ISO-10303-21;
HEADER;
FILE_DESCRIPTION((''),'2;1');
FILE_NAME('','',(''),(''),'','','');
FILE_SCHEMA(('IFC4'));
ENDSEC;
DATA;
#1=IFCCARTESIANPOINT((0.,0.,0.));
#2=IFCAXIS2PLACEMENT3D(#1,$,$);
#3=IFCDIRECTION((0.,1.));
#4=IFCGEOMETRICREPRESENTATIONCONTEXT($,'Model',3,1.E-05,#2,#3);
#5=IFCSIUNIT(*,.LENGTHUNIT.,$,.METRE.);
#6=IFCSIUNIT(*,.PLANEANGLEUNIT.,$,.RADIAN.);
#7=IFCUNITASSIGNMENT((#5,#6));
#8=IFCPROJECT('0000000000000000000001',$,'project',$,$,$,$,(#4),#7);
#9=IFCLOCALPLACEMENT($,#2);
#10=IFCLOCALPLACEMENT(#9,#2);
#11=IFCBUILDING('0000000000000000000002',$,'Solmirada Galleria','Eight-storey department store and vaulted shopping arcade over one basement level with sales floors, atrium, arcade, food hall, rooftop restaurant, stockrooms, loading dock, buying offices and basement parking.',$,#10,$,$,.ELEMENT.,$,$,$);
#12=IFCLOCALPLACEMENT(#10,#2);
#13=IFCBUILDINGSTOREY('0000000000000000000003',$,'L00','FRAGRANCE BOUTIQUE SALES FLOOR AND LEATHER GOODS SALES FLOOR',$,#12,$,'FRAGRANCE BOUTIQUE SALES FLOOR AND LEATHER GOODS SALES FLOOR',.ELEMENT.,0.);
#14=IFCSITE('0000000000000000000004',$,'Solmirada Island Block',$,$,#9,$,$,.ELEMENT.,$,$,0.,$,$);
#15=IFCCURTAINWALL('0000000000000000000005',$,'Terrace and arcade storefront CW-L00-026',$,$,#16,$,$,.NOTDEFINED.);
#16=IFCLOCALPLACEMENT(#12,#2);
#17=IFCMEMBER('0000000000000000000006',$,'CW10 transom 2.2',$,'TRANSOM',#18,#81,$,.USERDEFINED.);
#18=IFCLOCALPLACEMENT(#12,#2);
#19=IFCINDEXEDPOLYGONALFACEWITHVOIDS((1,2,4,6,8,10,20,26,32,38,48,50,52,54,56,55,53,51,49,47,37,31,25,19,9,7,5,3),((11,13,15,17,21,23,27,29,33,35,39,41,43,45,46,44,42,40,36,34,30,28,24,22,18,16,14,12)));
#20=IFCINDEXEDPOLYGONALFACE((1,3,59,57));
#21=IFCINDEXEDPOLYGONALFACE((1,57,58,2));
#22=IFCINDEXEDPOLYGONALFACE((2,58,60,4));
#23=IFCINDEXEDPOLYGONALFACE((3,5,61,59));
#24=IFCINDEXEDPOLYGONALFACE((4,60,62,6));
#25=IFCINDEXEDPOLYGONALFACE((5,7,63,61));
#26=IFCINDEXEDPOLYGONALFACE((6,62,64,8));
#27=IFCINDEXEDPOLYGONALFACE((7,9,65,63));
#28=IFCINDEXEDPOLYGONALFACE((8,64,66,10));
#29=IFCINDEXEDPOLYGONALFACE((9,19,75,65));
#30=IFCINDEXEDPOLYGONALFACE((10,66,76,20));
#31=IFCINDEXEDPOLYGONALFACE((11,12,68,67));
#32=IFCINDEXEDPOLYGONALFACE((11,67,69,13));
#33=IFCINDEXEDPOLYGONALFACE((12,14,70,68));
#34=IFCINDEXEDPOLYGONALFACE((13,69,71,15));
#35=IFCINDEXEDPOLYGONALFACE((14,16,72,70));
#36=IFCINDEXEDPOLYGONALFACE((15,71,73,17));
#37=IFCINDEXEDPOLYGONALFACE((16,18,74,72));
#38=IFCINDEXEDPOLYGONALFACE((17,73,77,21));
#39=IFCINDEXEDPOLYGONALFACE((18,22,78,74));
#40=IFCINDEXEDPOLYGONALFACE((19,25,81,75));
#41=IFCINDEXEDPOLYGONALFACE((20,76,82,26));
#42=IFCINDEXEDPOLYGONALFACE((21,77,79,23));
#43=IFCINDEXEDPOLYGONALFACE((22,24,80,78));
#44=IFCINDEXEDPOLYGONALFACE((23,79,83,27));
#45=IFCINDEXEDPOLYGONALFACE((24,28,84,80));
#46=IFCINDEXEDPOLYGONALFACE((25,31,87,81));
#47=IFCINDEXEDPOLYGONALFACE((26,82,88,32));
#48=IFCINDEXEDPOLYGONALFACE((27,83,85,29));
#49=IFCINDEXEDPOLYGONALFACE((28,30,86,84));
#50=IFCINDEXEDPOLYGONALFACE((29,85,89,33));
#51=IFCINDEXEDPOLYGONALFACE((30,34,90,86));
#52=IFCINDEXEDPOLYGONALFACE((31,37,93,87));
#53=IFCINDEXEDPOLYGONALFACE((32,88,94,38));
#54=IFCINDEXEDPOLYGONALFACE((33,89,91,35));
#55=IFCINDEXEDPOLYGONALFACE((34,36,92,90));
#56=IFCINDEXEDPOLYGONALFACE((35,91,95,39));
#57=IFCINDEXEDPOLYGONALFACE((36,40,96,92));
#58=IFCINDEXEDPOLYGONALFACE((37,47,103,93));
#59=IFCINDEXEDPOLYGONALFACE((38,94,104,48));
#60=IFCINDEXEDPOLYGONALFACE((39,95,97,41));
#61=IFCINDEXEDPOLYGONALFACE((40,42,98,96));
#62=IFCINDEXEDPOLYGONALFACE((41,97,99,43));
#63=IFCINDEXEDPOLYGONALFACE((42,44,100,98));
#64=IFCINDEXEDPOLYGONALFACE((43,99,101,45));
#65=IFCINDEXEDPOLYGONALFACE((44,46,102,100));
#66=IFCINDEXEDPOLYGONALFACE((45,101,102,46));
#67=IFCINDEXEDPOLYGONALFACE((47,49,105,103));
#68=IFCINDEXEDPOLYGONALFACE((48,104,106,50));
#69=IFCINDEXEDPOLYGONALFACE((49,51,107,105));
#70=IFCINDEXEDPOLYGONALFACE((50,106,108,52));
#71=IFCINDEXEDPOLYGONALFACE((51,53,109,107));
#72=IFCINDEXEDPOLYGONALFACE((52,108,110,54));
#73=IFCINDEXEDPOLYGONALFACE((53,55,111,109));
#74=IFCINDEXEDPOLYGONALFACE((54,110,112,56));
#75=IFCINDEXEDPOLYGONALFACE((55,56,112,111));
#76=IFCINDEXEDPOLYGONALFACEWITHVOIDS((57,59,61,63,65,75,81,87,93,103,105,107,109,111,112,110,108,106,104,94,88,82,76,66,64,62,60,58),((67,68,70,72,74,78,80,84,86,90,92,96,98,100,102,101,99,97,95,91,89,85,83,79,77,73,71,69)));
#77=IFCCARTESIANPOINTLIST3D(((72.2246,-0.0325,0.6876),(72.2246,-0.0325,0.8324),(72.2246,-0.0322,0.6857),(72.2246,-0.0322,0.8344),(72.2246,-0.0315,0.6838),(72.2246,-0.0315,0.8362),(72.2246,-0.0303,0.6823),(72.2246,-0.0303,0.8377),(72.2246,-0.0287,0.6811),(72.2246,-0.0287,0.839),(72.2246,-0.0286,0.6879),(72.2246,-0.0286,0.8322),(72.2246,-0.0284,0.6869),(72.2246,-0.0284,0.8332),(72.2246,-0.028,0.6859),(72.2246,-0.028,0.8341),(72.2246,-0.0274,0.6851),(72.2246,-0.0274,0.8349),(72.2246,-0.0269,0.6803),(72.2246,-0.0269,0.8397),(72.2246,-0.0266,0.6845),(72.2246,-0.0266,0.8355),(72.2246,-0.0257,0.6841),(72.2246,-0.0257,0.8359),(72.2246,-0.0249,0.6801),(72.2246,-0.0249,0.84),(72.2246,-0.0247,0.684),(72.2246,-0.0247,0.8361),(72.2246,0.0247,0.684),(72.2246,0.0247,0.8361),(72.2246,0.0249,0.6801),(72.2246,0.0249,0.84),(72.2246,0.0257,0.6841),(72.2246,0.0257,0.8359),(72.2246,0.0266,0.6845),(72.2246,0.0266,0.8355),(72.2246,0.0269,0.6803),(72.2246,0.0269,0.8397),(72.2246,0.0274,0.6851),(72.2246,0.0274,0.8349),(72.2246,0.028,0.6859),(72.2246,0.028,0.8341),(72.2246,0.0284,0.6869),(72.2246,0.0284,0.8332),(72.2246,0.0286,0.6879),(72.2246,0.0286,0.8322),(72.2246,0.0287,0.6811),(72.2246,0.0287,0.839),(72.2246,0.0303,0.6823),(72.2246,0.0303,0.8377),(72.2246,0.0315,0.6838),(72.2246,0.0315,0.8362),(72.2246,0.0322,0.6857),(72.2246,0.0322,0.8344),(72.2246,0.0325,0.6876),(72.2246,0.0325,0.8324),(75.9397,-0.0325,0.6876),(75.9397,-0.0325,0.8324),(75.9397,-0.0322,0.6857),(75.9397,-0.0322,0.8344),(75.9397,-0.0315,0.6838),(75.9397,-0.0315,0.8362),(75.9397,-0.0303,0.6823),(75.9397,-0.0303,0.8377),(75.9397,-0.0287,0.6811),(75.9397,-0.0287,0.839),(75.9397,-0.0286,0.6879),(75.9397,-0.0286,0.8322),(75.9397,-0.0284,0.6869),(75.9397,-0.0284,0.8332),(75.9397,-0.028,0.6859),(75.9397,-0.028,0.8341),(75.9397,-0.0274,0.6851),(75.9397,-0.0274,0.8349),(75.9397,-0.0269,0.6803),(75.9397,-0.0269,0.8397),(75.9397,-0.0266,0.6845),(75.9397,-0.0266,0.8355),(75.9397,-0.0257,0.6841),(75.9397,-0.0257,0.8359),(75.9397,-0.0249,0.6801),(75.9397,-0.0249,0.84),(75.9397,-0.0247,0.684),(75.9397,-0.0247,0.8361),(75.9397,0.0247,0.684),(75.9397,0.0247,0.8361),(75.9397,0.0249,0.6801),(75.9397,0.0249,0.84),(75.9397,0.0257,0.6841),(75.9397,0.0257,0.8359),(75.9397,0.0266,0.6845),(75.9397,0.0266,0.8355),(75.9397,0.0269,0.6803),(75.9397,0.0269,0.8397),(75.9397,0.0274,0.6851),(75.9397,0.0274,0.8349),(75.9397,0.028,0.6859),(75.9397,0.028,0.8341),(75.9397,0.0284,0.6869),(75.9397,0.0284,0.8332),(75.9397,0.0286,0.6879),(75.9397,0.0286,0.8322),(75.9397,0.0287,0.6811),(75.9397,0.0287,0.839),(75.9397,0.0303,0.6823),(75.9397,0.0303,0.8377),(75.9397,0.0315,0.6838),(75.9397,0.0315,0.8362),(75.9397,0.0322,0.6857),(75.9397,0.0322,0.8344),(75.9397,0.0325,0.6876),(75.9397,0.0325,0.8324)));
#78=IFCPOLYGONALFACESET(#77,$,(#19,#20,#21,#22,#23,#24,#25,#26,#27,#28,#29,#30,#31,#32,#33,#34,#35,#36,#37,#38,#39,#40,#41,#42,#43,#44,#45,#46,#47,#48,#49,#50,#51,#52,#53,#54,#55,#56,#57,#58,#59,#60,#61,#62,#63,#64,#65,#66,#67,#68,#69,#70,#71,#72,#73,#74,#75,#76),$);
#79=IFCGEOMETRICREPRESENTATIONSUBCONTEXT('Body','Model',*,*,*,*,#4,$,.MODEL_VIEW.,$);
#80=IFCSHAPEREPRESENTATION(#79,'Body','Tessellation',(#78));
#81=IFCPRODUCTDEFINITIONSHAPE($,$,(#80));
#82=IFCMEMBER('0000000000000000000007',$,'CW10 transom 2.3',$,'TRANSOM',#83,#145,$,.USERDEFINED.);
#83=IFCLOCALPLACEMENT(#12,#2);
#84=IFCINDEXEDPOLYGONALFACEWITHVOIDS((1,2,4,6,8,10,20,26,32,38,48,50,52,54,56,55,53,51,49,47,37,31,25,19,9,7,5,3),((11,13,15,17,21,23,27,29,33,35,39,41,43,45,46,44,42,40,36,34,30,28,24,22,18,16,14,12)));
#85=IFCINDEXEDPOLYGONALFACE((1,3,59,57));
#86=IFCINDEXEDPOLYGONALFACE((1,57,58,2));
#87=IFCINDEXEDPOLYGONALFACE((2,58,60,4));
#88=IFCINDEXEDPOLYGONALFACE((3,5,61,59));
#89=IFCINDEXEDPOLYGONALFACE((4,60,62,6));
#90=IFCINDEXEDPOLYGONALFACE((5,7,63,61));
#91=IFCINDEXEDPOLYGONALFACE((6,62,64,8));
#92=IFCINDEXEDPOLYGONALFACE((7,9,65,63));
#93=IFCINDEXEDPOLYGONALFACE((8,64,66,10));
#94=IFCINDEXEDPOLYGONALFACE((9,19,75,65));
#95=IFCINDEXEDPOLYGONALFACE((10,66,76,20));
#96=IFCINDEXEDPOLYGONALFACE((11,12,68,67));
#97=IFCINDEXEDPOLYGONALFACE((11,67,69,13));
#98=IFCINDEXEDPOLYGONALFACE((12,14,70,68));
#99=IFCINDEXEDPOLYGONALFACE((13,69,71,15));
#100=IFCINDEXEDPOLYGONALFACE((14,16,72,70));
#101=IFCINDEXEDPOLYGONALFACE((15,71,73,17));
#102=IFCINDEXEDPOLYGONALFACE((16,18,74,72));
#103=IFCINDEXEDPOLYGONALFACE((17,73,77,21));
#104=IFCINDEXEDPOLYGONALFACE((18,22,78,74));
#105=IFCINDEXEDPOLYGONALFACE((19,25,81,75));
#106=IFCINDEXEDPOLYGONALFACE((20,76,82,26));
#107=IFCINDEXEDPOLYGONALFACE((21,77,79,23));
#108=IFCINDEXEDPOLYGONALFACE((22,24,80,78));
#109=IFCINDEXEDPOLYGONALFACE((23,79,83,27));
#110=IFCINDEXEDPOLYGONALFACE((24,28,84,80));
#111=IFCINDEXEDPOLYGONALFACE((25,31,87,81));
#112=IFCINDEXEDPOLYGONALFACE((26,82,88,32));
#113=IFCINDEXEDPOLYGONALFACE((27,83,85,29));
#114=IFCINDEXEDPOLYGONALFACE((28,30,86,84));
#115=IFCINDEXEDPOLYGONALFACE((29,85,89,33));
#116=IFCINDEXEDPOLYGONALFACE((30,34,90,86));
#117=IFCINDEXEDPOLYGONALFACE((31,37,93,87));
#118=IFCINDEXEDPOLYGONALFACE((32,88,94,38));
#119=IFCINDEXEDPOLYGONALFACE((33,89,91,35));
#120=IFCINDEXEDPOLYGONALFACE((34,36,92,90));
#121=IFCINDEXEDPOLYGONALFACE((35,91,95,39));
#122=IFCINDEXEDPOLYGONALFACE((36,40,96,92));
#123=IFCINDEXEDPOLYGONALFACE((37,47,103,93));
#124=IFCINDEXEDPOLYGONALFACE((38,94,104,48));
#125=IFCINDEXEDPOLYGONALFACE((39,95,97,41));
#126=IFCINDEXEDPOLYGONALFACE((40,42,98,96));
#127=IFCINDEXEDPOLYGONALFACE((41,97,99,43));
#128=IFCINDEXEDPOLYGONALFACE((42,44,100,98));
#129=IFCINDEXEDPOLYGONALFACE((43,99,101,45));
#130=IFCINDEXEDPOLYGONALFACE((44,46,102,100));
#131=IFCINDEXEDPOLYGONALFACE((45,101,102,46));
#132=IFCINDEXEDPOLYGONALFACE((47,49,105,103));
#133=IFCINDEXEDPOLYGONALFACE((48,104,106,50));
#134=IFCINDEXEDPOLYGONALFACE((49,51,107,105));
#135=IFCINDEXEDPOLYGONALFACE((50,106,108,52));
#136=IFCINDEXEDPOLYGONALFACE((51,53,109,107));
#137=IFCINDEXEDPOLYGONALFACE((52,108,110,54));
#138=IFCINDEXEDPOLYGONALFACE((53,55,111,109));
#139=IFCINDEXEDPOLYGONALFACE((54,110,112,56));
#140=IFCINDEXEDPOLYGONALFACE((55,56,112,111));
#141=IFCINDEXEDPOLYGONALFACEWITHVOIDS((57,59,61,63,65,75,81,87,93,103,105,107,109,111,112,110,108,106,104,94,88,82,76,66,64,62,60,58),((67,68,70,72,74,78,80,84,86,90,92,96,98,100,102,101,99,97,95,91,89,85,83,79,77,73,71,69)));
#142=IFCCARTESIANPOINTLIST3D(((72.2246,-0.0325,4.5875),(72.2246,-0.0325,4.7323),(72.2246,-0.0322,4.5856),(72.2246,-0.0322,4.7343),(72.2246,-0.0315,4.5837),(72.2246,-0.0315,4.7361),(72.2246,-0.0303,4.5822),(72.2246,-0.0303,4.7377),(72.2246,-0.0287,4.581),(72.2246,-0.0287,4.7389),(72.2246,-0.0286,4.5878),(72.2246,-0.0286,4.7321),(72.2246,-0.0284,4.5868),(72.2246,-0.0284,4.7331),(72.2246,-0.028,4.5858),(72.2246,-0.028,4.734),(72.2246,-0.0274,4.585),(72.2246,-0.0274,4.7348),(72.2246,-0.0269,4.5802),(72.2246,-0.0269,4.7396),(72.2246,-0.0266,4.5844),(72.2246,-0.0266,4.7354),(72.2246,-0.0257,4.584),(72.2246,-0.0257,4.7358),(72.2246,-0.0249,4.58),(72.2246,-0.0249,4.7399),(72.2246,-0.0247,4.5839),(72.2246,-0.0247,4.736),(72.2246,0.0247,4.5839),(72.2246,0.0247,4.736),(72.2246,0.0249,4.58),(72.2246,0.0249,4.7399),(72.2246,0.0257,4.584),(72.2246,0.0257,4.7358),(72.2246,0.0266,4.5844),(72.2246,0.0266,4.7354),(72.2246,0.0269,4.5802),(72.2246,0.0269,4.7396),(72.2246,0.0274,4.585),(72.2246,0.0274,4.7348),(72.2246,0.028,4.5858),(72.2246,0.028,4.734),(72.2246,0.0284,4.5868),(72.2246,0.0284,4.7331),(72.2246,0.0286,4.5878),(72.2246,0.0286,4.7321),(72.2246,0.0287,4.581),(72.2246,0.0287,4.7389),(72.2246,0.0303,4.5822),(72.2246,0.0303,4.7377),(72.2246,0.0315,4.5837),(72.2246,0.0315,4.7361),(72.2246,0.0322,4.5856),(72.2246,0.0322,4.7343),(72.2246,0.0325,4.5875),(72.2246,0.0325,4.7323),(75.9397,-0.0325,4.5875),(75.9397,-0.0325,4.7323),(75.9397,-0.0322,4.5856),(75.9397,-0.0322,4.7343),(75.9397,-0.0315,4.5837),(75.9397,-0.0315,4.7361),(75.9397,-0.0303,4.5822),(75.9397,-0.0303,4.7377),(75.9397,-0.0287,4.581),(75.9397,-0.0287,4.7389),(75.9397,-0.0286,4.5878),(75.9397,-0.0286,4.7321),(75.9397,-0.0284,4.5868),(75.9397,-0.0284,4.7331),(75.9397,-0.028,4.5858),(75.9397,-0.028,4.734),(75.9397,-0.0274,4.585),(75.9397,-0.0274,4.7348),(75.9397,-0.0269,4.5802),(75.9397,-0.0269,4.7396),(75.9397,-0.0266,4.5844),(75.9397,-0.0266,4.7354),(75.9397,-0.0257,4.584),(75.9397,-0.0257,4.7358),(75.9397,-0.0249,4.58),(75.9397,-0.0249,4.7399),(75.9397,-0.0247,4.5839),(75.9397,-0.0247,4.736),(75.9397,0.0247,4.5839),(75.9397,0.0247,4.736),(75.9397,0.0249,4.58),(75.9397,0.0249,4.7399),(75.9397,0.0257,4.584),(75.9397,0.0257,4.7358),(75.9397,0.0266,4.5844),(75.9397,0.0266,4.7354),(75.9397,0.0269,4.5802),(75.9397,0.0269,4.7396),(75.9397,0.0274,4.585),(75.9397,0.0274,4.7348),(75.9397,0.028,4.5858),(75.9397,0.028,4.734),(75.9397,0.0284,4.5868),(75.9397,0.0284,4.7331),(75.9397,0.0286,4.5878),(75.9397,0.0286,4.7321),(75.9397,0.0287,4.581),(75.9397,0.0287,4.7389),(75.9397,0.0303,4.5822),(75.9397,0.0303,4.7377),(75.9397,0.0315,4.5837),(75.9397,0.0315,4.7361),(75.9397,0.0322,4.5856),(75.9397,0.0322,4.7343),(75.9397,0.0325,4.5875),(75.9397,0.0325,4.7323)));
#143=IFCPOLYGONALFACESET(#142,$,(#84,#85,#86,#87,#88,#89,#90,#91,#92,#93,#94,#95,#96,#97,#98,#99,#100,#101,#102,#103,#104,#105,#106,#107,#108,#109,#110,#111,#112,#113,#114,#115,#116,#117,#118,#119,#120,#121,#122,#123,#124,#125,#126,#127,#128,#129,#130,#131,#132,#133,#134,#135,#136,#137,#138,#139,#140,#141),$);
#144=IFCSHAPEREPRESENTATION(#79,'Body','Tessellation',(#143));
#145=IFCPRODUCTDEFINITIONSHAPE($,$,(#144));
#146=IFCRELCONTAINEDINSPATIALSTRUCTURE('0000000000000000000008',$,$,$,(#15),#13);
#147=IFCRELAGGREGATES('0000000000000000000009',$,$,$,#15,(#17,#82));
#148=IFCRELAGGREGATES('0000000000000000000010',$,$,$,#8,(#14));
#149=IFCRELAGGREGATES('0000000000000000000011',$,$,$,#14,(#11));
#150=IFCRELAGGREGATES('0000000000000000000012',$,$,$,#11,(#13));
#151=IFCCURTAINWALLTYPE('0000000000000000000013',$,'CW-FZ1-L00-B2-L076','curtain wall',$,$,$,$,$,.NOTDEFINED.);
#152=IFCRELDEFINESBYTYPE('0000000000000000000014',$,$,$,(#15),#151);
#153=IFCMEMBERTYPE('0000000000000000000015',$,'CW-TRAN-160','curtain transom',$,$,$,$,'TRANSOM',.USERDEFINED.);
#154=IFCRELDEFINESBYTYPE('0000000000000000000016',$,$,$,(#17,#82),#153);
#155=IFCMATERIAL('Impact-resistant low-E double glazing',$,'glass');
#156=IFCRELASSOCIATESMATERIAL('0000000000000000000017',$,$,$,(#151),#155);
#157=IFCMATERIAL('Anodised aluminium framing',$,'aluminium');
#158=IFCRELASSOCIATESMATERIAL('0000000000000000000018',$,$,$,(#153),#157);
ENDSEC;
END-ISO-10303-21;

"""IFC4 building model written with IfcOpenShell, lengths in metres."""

from ifc_helpers import new_model, si_unit, direction, frame, origin, origin_2d, place, context, subcontext, project, spatial, hollow_rectangle, extrude, material, material_profile, profile_set, type_object, element, aggregate, save


model = new_model("IFC4")

# Units and contexts
model_context = context("Model", 3, precision=1e-05, world=origin(), true_north=direction((0.0, 1.0)))
body_context = subcontext(model_context, "Body", "Model", "MODEL_VIEW")
ifc_project = project(units=[si_unit("LENGTHUNIT", "METRE"), si_unit("PLANEANGLEUNIT", "RADIAN")], contexts=[model_context])

# Site, building, storey
site_placement = place(None, origin())
site = spatial("IfcSite", under=ifc_project, at=site_placement, Name="Solmirada Island Block", CompositionType="ELEMENT", RefElevation=0.0)
building_placement = place(site_placement, origin())
building = spatial("IfcBuilding", under=site, at=building_placement, Name="Solmirada Galleria", Description="Eight-storey department store and vaulted shopping arcade over one basement level with sales floors, atrium, arcade, food hall, rooftop restaurant, stockrooms, loading dock, buying offices and basement parking.", CompositionType="ELEMENT")
storey_placement = place(building_placement, origin())
storey = spatial("IfcBuildingStorey", under=building, at=storey_placement, Name="L00", Description="FRAGRANCE BOUTIQUE SALES FLOOR AND LEATHER GOODS SALES FLOOR", LongName="FRAGRANCE BOUTIQUE SALES FLOOR AND LEATHER GOODS SALES FLOOR", CompositionType="ELEMENT", Elevation=0.0)

# Curtain wall
ifc_material_1 = material(Name="Impact-resistant low-E double glazing", Category="glass")
curtain_wall_type_1 = type_object("IfcCurtainWallType", Name="CW-FZ1-L00-B2-L076", Description="curtain wall", PredefinedType="NOTDEFINED", material=ifc_material_1)
curtain_wall_1_placement = place(storey_placement, origin())
curtain_wall_1 = element("IfcCurtainWall", 1, at=curtain_wall_1_placement, inside=storey, type_object=curtain_wall_type_1, Name="Terrace and arcade storefront CW-L00-026", PredefinedType="NOTDEFINED")
ifc_material_2 = material(Name="Anodised aluminium framing", Category="aluminium")

# Members
ifc_material_profile_1 = material_profile(ifc_material_2, hollow_rectangle(XDim=0.0649, YDim=0.1599, WallThickness=0.0039, InnerFilletRadius=0.0039, OuterFilletRadius=0.0076, at=origin_2d()), Name="ALU-TRAN-160X65")
ifc_profile_set_1 = profile_set([ifc_material_profile_1], Name="Anodised aluminium framing")
member_type_1 = type_object("IfcMemberType", Name="CW-TRAN-160", Description="curtain transom", ElementType="TRANSOM", PredefinedType="USERDEFINED", material=ifc_profile_set_1)
member_1_placement = place(storey_placement, frame((75.9397, 0.0, 0.76), z_axis=(-1.0, 0.0, 0.0), x_axis=(0.0, -1.0, 0.0)))
member_1 = element("IfcMember", 2, at=member_1_placement, type_object=member_type_1, Name="CW10 transom 2.2", ObjectType="TRANSOM", PredefinedType="USERDEFINED", context=body_context, shape_type="SweptSolid", body=[
    extrude(hollow_rectangle(XDim=0.0649, YDim=0.1599, WallThickness=0.0039, InnerFilletRadius=0.0039, OuterFilletRadius=0.0076, at=origin_2d()), origin(), (0.0, 0.0, 1.0), 3.7151),
])
member_2_placement = place(storey_placement, frame((75.9397, 0.0, 4.6599), z_axis=(-1.0, 0.0, 0.0), x_axis=(0.0, -1.0, 0.0)))
member_2 = element("IfcMember", 3, at=member_2_placement, type_object=member_type_1, Name="CW10 transom 2.3", ObjectType="TRANSOM", PredefinedType="USERDEFINED", context=body_context, shape_type="SweptSolid", body=[
    extrude(hollow_rectangle(XDim=0.0649, YDim=0.1599, WallThickness=0.0039, InnerFilletRadius=0.0039, OuterFilletRadius=0.0076, at=origin_2d()), origin(), (0.0, 0.0, 1.0), 3.7151),
])

aggregate(curtain_wall_1, [member_1, member_2])

save(model, "model.ifc")
